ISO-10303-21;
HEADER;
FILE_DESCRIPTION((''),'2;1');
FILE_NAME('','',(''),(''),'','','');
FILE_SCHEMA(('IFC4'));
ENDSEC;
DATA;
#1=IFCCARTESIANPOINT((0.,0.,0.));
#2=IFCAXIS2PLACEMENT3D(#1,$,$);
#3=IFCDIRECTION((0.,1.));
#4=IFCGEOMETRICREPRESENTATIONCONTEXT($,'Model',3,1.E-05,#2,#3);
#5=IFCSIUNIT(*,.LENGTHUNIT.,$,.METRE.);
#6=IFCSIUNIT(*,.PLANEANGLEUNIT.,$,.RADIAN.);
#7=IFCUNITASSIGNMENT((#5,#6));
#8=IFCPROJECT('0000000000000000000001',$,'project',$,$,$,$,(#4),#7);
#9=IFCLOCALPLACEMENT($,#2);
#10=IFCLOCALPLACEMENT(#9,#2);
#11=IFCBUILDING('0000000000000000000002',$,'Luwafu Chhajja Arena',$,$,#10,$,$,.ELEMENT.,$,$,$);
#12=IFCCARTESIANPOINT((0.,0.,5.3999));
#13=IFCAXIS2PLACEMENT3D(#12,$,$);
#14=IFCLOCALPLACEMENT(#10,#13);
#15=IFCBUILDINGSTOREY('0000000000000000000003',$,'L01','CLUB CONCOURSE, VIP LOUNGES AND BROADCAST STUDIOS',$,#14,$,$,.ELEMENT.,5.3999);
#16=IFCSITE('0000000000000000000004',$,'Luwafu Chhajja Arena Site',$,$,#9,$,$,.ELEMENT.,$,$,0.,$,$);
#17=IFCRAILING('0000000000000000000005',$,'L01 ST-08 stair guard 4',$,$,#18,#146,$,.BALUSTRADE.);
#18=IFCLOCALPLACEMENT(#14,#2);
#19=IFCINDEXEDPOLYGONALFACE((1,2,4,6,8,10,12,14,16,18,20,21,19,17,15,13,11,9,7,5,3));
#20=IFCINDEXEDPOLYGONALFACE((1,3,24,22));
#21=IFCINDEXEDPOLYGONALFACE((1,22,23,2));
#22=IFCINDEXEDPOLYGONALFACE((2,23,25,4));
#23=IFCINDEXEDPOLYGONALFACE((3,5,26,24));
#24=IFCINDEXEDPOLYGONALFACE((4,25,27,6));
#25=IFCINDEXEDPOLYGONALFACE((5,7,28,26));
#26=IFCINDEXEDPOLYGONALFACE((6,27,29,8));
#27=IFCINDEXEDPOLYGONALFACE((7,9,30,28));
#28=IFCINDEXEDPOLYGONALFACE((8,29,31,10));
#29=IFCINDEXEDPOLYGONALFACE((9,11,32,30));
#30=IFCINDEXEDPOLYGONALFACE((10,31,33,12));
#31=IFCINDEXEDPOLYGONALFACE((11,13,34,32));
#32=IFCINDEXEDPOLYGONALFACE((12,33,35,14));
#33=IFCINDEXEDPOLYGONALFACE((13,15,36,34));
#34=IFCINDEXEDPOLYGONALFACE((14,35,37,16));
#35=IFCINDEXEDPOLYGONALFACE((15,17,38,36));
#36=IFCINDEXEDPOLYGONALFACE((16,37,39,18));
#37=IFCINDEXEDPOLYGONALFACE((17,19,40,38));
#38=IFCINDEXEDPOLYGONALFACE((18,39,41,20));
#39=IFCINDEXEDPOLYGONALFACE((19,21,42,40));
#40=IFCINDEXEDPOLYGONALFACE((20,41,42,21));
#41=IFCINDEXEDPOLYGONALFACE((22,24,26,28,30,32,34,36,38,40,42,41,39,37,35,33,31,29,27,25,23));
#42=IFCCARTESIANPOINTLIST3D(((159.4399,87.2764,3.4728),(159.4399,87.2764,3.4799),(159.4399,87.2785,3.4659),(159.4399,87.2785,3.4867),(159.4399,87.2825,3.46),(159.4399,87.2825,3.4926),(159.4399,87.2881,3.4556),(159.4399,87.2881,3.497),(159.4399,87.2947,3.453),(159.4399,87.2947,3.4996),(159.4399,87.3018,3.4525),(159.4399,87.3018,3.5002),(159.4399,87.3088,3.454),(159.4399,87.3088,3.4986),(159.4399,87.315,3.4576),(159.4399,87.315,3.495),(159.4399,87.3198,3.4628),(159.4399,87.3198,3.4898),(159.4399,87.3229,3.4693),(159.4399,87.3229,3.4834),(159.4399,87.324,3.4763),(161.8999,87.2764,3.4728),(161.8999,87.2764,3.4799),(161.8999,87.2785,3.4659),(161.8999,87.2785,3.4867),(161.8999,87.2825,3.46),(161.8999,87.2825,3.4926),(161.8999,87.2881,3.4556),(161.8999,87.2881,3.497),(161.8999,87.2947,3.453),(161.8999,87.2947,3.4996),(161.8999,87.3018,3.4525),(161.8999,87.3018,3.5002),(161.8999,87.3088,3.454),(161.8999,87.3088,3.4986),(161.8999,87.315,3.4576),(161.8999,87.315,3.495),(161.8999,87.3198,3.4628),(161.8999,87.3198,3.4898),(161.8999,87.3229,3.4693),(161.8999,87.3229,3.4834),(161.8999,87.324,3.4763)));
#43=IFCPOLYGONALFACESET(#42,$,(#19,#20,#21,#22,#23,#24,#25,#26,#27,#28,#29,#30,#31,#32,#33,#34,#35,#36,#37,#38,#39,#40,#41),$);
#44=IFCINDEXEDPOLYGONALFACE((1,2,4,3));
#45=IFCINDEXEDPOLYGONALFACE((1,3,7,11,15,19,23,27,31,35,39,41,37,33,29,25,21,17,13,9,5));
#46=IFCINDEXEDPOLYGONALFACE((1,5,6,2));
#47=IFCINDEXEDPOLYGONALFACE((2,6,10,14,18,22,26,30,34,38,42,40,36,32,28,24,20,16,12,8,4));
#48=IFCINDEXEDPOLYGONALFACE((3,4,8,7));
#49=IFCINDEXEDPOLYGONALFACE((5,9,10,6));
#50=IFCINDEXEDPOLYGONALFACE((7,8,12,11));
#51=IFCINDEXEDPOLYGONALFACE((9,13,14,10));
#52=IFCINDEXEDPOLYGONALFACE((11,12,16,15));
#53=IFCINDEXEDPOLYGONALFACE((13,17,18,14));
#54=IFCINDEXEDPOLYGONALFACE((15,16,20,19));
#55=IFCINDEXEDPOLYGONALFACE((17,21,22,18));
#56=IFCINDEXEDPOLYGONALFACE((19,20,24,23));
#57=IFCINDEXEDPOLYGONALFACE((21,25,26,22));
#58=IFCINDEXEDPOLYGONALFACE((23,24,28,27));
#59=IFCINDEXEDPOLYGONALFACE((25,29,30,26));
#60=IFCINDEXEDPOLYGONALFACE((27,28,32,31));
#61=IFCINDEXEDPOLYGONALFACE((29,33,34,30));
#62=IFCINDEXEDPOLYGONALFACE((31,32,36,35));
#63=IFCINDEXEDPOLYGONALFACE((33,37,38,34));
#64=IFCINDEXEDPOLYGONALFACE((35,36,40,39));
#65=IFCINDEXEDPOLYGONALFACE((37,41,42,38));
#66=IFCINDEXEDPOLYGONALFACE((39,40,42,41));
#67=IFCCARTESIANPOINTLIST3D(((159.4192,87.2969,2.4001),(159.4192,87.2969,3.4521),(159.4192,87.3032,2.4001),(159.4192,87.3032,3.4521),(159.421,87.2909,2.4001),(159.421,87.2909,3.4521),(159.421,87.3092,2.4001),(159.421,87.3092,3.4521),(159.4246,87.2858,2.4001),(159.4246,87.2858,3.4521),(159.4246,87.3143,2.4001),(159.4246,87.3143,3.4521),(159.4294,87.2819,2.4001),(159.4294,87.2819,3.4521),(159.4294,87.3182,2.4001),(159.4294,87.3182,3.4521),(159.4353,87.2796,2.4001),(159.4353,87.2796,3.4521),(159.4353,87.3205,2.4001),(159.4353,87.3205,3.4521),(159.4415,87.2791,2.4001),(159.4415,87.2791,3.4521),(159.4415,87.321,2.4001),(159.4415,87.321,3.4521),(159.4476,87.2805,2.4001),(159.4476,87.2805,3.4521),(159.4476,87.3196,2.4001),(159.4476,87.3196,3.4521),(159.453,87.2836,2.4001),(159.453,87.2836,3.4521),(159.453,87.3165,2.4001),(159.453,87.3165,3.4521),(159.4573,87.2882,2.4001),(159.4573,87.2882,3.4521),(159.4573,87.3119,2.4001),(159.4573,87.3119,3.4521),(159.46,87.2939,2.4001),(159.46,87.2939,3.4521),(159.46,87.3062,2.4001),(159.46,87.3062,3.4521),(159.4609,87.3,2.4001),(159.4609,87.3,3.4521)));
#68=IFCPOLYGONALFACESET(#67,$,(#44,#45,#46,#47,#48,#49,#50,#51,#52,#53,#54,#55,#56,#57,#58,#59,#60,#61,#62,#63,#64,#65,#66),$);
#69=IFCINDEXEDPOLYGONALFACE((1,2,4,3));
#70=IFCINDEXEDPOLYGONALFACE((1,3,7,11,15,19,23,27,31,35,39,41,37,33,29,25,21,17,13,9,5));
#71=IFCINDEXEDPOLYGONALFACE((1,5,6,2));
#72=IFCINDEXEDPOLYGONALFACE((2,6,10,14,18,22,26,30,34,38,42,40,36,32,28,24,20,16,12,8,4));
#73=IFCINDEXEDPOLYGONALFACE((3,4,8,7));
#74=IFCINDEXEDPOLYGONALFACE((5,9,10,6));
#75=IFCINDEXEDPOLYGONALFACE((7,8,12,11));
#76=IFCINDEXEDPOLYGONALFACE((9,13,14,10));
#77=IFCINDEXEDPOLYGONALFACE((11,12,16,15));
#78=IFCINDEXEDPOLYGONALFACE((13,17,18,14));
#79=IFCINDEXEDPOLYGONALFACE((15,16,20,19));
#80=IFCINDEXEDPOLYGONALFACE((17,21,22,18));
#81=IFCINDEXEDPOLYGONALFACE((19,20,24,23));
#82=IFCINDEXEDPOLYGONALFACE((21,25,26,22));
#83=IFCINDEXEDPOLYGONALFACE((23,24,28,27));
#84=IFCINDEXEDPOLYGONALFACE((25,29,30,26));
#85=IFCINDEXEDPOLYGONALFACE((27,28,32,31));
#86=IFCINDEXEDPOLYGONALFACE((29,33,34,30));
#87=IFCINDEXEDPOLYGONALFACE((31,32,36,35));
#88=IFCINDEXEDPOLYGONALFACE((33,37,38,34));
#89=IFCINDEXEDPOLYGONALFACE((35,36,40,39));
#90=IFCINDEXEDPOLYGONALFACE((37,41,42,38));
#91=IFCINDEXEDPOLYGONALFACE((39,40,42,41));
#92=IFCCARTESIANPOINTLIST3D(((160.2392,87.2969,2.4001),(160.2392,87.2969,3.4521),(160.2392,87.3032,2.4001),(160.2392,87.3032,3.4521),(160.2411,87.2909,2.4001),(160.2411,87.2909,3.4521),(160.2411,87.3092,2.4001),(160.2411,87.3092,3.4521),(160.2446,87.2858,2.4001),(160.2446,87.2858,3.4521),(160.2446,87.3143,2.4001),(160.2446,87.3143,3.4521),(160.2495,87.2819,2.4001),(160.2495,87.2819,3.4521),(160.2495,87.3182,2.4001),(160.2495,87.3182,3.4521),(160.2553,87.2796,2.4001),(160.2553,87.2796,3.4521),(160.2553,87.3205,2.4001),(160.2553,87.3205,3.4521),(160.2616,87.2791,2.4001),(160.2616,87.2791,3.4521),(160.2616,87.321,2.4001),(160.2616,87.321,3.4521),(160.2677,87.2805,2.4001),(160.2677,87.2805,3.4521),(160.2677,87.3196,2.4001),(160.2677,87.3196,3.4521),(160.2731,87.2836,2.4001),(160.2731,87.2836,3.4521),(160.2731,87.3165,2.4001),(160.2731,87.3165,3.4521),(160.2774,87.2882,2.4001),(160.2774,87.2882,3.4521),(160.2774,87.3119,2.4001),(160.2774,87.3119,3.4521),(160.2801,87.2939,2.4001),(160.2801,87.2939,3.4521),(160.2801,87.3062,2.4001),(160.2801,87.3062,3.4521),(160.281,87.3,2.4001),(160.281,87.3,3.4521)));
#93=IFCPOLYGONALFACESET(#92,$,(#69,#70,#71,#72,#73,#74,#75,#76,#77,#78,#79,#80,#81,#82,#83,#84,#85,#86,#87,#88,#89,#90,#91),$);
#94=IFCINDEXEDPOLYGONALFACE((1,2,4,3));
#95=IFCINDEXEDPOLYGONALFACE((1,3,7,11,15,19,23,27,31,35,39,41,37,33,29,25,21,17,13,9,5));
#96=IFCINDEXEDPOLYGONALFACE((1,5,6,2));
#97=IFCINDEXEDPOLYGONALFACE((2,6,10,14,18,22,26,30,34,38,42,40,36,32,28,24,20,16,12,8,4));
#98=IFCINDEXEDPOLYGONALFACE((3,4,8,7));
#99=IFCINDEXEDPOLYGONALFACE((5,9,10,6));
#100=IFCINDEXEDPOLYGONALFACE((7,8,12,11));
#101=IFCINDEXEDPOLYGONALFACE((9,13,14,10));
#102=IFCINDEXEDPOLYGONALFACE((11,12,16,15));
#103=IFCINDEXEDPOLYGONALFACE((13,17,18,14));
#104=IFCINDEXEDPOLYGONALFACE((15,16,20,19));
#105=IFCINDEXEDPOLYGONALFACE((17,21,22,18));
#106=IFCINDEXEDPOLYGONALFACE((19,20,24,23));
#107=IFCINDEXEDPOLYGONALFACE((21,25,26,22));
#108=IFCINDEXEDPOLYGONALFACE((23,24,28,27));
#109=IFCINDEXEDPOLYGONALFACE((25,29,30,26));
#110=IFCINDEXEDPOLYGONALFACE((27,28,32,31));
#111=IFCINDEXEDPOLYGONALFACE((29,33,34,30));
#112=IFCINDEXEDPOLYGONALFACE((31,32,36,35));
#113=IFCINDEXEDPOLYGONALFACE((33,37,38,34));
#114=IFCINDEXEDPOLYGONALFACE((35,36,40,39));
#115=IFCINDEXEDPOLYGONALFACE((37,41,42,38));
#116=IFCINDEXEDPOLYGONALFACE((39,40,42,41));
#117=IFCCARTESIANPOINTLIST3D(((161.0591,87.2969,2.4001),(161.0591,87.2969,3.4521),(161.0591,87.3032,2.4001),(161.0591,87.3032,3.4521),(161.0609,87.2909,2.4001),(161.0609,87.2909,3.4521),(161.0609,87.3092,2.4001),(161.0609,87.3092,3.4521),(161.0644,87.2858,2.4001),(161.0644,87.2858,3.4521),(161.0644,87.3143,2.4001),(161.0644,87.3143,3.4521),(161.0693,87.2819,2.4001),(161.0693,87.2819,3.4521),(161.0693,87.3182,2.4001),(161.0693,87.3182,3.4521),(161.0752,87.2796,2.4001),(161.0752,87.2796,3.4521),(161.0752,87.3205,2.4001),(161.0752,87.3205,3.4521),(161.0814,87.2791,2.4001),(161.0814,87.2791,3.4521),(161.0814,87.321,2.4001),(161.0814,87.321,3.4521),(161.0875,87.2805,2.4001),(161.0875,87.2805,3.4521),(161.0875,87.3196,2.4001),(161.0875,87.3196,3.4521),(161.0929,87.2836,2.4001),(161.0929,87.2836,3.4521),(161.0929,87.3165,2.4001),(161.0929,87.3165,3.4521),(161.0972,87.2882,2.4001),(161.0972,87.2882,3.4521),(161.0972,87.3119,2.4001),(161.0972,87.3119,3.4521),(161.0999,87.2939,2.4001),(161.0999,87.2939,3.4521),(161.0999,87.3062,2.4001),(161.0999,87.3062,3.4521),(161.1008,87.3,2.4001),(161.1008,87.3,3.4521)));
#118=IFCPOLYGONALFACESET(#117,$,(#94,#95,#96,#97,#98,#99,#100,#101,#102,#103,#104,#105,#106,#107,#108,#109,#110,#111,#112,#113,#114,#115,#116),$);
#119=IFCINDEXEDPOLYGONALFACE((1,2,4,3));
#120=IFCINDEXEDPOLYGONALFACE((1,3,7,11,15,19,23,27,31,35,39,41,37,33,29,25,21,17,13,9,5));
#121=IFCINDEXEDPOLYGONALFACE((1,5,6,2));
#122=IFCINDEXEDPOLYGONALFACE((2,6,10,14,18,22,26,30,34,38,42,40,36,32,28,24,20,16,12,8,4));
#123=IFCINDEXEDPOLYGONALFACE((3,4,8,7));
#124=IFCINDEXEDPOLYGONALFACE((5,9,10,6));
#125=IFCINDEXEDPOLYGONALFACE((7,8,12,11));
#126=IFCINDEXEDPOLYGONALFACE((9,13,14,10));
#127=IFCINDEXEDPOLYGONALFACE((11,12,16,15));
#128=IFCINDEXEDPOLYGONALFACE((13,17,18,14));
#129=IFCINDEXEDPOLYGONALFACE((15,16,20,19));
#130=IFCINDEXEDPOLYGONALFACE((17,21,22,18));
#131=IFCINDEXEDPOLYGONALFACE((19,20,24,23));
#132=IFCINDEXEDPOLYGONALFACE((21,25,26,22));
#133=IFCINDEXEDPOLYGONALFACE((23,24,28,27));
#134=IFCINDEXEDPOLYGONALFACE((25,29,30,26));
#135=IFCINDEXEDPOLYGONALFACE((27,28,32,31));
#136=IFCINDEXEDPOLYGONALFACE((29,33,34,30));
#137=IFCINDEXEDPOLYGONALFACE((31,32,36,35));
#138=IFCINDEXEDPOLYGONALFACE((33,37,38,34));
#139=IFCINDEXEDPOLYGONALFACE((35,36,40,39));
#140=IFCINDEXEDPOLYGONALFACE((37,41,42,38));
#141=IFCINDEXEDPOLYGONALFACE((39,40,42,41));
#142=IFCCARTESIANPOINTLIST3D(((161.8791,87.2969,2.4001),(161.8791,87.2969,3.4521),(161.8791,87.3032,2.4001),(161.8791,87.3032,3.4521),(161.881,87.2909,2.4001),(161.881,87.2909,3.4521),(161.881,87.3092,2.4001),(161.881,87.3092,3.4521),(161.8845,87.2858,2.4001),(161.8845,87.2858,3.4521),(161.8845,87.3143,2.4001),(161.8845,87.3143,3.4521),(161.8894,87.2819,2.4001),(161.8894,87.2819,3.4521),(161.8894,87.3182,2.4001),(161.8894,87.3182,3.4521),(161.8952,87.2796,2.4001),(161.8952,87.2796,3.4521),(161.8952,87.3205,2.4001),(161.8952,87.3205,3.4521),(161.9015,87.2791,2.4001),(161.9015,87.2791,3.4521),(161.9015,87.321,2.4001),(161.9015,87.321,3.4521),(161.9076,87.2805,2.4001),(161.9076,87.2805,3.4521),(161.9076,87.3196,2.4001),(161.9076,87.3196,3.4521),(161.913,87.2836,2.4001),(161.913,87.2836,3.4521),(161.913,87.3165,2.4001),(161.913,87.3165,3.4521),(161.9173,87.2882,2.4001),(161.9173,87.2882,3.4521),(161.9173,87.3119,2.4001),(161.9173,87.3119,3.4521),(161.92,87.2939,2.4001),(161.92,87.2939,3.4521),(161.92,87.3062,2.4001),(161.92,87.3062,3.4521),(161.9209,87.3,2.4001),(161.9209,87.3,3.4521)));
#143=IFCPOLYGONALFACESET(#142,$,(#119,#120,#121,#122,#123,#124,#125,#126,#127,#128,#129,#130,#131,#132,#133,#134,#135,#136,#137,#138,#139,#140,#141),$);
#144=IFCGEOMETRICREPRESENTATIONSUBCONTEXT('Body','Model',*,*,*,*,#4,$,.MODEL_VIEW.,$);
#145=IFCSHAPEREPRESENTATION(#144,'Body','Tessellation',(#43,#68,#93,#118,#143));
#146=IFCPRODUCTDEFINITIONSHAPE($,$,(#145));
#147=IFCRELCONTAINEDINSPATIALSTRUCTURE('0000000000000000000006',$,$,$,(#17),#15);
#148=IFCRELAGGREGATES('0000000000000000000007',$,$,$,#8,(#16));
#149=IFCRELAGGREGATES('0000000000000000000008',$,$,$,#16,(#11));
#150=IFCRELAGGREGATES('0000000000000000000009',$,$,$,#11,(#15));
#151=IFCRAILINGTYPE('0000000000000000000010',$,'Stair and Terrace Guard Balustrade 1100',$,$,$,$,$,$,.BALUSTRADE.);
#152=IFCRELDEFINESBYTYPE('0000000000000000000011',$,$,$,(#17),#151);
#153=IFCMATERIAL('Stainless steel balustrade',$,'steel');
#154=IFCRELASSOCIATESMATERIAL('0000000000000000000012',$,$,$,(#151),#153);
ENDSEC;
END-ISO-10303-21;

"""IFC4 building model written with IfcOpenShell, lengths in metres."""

from ifc_helpers import new_model, si_unit, direction, frame, origin, origin_2d, place, context, subcontext, project, spatial, circle, extrude, material, type_object, element, save


model = new_model("IFC4")

# Units and contexts
model_context = context("Model", 3, precision=1e-05, world=origin(), true_north=direction((0.0, 1.0)))
body_context = subcontext(model_context, "Body", "Model", "MODEL_VIEW")
ifc_project = project(units=[si_unit("LENGTHUNIT", "METRE"), si_unit("PLANEANGLEUNIT", "RADIAN")], contexts=[model_context])

# Site, building, storey
site_placement = place(None, origin())
site = spatial("IfcSite", under=ifc_project, at=site_placement, Name="Luwafu Chhajja Arena Site", CompositionType="ELEMENT", RefElevation=0.0)
building_placement = place(site_placement, origin())
building = spatial("IfcBuilding", under=site, at=building_placement, Name="Luwafu Chhajja Arena", CompositionType="ELEMENT")
storey_placement = place(building_placement, frame((0.0, 0.0, 5.3999)))
storey = spatial("IfcBuildingStorey", under=building, at=storey_placement, Name="L01", Description="CLUB CONCOURSE, VIP LOUNGES AND BROADCAST STUDIOS", CompositionType="ELEMENT", Elevation=5.3999)

# Railing
ifc_material_1 = material(Name="Stainless steel balustrade", Category="steel")
railing_type_1 = type_object("IfcRailingType", Name="Stair and Terrace Guard Balustrade 1100", PredefinedType="BALUSTRADE", material=ifc_material_1)
for number, where, name in (
    (1, (159.4399, 87.3, 2.4001), "L01 ST-08 stair guard 4"),
):
    element("IfcRailing", number, at=place(storey_placement, frame(where)), inside=storey, type_object=railing_type_1, Name=name, PredefinedType="BALUSTRADE", context=body_context, shape_type="SweptSolid", body=[
        extrude(circle(Radius=0.0239, at=origin_2d()), frame((0.0, 0.0, 1.0762), z_axis=(1.0, 0.0, 0.0), x_axis=(0.0, 1.0, 0.0)), (0.0, 0.0, 1.0), 2.46),
        extrude(circle(Radius=0.021, at=origin_2d()), origin(), (0.0, 0.0, 1.0), 1.052),
        extrude(circle(Radius=0.021, at=origin_2d()), frame((0.8201, 0.0, 0.0)), (0.0, 0.0, 1.0), 1.052),
        extrude(circle(Radius=0.021, at=origin_2d()), frame((1.6399, 0.0, 0.0)), (0.0, 0.0, 1.0), 1.052),
        extrude(circle(Radius=0.021, at=origin_2d()), frame((2.46, 0.0, 0.0)), (0.0, 0.0, 1.0), 1.052),
    ])

save(model, "model.ifc")
